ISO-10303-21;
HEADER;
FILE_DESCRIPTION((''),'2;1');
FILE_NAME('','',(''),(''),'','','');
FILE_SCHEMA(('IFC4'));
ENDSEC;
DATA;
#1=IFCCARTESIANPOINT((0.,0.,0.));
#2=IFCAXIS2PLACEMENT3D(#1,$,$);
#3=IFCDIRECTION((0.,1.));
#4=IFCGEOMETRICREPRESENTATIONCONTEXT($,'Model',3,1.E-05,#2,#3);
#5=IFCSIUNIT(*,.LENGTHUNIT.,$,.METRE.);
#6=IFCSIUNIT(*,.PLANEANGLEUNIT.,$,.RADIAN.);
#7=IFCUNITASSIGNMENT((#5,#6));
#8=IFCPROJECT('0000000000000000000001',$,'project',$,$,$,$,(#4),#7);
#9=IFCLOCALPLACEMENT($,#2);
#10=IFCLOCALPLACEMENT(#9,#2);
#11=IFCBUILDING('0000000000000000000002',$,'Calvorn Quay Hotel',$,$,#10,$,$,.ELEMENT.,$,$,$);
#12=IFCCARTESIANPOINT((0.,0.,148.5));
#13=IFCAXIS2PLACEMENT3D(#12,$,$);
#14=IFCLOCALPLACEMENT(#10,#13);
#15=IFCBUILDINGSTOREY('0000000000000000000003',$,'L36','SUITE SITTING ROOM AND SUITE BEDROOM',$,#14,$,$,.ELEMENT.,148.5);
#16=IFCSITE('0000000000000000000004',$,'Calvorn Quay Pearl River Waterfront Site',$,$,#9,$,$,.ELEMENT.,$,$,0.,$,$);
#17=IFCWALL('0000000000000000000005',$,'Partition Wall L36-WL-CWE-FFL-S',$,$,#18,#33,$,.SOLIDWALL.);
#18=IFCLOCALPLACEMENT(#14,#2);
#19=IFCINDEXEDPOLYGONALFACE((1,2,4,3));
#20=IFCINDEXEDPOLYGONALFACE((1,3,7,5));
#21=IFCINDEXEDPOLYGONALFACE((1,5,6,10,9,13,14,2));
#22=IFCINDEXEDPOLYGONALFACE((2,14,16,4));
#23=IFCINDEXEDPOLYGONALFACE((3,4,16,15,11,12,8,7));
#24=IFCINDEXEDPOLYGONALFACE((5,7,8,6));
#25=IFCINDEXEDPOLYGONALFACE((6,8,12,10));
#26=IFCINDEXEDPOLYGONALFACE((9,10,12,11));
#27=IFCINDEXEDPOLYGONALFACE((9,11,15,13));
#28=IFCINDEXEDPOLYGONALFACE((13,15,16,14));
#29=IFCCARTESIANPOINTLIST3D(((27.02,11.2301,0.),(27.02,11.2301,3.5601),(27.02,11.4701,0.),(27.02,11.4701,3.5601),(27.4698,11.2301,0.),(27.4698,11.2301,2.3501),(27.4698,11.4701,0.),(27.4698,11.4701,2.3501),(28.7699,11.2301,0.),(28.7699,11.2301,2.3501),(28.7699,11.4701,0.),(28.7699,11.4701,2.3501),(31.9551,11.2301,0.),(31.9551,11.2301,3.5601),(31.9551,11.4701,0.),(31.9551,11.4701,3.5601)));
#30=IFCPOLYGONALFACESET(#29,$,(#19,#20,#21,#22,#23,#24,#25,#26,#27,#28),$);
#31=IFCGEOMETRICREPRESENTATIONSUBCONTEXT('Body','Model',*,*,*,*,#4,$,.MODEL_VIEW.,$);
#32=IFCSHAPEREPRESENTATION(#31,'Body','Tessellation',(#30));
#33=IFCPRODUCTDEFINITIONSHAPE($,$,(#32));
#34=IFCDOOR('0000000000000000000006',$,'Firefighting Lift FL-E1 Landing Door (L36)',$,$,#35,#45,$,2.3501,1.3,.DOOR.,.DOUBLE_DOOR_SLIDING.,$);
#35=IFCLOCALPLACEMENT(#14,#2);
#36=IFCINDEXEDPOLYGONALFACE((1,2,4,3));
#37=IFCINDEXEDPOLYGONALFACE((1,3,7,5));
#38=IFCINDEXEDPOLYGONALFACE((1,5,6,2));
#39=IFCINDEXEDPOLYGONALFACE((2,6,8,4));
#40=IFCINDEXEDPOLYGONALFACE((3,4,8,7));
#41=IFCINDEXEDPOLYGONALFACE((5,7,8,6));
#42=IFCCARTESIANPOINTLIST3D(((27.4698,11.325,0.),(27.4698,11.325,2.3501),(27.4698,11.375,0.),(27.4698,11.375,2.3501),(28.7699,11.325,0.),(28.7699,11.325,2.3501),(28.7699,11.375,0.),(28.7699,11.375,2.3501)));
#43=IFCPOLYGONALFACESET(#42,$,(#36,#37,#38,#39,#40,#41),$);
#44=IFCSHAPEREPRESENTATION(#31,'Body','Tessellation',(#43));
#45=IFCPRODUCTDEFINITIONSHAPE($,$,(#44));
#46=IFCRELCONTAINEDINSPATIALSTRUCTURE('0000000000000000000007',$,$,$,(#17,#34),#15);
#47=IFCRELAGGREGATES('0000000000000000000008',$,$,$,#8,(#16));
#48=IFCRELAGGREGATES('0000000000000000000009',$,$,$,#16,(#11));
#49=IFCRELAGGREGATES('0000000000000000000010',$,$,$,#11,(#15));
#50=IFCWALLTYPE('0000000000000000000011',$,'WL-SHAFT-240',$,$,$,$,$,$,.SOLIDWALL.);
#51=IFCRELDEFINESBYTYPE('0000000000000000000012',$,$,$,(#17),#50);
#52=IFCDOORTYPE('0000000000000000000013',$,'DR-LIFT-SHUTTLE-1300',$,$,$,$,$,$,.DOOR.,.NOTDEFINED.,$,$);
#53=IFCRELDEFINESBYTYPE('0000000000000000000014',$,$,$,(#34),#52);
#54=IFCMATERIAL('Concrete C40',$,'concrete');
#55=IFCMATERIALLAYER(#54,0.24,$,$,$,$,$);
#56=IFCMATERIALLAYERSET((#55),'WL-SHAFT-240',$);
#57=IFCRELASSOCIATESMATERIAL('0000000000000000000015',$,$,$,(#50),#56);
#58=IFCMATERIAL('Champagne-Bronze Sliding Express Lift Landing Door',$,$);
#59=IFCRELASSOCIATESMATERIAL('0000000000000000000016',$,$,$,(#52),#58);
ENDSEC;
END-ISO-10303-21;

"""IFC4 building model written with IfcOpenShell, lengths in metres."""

from ifc_helpers import new_model, si_unit, direction, frame, frame_2d, origin, place, context, subcontext, project, spatial, rectangle, extrude, material, layer, layer_set, type_object, element, fill, save


model = new_model("IFC4")

# Units and contexts
model_context = context("Model", 3, precision=1e-05, world=origin(), true_north=direction((0.0, 1.0)))
body_context = subcontext(model_context, "Body", "Model", "MODEL_VIEW")
ifc_project = project(units=[si_unit("LENGTHUNIT", "METRE"), si_unit("PLANEANGLEUNIT", "RADIAN")], contexts=[model_context])

# Site, building, storey
site_placement = place(None, origin())
site = spatial("IfcSite", under=ifc_project, at=site_placement, Name="Calvorn Quay Pearl River Waterfront Site", CompositionType="ELEMENT", RefElevation=0.0)
building_placement = place(site_placement, origin())
building = spatial("IfcBuilding", under=site, at=building_placement, Name="Calvorn Quay Hotel", CompositionType="ELEMENT")
storey_placement = place(building_placement, frame((0.0, 0.0, 148.5)))
storey = spatial("IfcBuildingStorey", under=building, at=storey_placement, Name="L36", Description="SUITE SITTING ROOM AND SUITE BEDROOM", CompositionType="ELEMENT", Elevation=148.5)

# Shared definitions
ifc_material_1 = material(Name="Concrete C40", Category="concrete")
ifc_layer_1 = layer(ifc_material_1, 0.24)
ifc_layer_set_1 = layer_set([ifc_layer_1], Name="WL-SHAFT-240")
wall_type_1 = type_object("IfcWallType", Name="WL-SHAFT-240", PredefinedType="SOLIDWALL", material=ifc_layer_set_1)

# Wall, opening, door
wall_1_placement = place(storey_placement, frame((27.02, 11.3501, 0.0), z_axis=(0.0, 0.0, 1.0), x_axis=(1.0, 0.0, 0.0)))
wall_1 = element("IfcWall", 1, at=wall_1_placement, inside=storey, type_object=wall_type_1, Name="Partition Wall L36-WL-CWE-FFL-S", PredefinedType="SOLIDWALL", context=body_context, shape_type="SweptSolid", body=[
    extrude(rectangle(XDim=4.9351, YDim=0.24, at=frame_2d((2.4675, 0.0))), origin(), (0.0, 0.0, 1.0), 3.5601),
])
opening_1_placement = place(wall_1_placement, frame((0.45, 0.0, 0.0)))
opening_1 = element("IfcOpeningElement", 2, at=opening_1_placement, cuts=wall_1, PredefinedType="OPENING", context=body_context, shape_type="SweptSolid", body=[
    extrude(rectangle(XDim=1.3, YDim=2.3501, at=frame_2d((0.6499, 1.175))), frame((0.0, 0.1299, 0.0), z_axis=(0.0, -1.0, 0.0), x_axis=(1.0, 0.0, 0.0)), (0.0, 0.0, 1.0), 0.26),
])
ifc_material_2 = material(Name="Champagne-Bronze Sliding Express Lift Landing Door")
door_type_1 = type_object("IfcDoorType", Name="DR-LIFT-SHUTTLE-1300", OperationType="NOTDEFINED", PredefinedType="DOOR", material=ifc_material_2)
door_1_placement = place(opening_1_placement, origin())
door_1 = element("IfcDoor", 3, at=door_1_placement, inside=storey, type_object=door_type_1, Name="Firefighting Lift FL-E1 Landing Door (L36)", OperationType="DOUBLE_DOOR_SLIDING", OverallHeight=2.3501, OverallWidth=1.3, PredefinedType="DOOR", context=body_context, shape_type="SweptSolid", body=[
    extrude(rectangle(XDim=1.3, YDim=2.3501, at=frame_2d((0.6499, 1.175))), frame((0.0, 0.0249, 0.0), z_axis=(0.0, -1.0, 0.0), x_axis=(1.0, 0.0, 0.0)), (0.0, 0.0, 1.0), 0.05),
])
fill(opening_1, door_1)

save(model, "model.ifc")
